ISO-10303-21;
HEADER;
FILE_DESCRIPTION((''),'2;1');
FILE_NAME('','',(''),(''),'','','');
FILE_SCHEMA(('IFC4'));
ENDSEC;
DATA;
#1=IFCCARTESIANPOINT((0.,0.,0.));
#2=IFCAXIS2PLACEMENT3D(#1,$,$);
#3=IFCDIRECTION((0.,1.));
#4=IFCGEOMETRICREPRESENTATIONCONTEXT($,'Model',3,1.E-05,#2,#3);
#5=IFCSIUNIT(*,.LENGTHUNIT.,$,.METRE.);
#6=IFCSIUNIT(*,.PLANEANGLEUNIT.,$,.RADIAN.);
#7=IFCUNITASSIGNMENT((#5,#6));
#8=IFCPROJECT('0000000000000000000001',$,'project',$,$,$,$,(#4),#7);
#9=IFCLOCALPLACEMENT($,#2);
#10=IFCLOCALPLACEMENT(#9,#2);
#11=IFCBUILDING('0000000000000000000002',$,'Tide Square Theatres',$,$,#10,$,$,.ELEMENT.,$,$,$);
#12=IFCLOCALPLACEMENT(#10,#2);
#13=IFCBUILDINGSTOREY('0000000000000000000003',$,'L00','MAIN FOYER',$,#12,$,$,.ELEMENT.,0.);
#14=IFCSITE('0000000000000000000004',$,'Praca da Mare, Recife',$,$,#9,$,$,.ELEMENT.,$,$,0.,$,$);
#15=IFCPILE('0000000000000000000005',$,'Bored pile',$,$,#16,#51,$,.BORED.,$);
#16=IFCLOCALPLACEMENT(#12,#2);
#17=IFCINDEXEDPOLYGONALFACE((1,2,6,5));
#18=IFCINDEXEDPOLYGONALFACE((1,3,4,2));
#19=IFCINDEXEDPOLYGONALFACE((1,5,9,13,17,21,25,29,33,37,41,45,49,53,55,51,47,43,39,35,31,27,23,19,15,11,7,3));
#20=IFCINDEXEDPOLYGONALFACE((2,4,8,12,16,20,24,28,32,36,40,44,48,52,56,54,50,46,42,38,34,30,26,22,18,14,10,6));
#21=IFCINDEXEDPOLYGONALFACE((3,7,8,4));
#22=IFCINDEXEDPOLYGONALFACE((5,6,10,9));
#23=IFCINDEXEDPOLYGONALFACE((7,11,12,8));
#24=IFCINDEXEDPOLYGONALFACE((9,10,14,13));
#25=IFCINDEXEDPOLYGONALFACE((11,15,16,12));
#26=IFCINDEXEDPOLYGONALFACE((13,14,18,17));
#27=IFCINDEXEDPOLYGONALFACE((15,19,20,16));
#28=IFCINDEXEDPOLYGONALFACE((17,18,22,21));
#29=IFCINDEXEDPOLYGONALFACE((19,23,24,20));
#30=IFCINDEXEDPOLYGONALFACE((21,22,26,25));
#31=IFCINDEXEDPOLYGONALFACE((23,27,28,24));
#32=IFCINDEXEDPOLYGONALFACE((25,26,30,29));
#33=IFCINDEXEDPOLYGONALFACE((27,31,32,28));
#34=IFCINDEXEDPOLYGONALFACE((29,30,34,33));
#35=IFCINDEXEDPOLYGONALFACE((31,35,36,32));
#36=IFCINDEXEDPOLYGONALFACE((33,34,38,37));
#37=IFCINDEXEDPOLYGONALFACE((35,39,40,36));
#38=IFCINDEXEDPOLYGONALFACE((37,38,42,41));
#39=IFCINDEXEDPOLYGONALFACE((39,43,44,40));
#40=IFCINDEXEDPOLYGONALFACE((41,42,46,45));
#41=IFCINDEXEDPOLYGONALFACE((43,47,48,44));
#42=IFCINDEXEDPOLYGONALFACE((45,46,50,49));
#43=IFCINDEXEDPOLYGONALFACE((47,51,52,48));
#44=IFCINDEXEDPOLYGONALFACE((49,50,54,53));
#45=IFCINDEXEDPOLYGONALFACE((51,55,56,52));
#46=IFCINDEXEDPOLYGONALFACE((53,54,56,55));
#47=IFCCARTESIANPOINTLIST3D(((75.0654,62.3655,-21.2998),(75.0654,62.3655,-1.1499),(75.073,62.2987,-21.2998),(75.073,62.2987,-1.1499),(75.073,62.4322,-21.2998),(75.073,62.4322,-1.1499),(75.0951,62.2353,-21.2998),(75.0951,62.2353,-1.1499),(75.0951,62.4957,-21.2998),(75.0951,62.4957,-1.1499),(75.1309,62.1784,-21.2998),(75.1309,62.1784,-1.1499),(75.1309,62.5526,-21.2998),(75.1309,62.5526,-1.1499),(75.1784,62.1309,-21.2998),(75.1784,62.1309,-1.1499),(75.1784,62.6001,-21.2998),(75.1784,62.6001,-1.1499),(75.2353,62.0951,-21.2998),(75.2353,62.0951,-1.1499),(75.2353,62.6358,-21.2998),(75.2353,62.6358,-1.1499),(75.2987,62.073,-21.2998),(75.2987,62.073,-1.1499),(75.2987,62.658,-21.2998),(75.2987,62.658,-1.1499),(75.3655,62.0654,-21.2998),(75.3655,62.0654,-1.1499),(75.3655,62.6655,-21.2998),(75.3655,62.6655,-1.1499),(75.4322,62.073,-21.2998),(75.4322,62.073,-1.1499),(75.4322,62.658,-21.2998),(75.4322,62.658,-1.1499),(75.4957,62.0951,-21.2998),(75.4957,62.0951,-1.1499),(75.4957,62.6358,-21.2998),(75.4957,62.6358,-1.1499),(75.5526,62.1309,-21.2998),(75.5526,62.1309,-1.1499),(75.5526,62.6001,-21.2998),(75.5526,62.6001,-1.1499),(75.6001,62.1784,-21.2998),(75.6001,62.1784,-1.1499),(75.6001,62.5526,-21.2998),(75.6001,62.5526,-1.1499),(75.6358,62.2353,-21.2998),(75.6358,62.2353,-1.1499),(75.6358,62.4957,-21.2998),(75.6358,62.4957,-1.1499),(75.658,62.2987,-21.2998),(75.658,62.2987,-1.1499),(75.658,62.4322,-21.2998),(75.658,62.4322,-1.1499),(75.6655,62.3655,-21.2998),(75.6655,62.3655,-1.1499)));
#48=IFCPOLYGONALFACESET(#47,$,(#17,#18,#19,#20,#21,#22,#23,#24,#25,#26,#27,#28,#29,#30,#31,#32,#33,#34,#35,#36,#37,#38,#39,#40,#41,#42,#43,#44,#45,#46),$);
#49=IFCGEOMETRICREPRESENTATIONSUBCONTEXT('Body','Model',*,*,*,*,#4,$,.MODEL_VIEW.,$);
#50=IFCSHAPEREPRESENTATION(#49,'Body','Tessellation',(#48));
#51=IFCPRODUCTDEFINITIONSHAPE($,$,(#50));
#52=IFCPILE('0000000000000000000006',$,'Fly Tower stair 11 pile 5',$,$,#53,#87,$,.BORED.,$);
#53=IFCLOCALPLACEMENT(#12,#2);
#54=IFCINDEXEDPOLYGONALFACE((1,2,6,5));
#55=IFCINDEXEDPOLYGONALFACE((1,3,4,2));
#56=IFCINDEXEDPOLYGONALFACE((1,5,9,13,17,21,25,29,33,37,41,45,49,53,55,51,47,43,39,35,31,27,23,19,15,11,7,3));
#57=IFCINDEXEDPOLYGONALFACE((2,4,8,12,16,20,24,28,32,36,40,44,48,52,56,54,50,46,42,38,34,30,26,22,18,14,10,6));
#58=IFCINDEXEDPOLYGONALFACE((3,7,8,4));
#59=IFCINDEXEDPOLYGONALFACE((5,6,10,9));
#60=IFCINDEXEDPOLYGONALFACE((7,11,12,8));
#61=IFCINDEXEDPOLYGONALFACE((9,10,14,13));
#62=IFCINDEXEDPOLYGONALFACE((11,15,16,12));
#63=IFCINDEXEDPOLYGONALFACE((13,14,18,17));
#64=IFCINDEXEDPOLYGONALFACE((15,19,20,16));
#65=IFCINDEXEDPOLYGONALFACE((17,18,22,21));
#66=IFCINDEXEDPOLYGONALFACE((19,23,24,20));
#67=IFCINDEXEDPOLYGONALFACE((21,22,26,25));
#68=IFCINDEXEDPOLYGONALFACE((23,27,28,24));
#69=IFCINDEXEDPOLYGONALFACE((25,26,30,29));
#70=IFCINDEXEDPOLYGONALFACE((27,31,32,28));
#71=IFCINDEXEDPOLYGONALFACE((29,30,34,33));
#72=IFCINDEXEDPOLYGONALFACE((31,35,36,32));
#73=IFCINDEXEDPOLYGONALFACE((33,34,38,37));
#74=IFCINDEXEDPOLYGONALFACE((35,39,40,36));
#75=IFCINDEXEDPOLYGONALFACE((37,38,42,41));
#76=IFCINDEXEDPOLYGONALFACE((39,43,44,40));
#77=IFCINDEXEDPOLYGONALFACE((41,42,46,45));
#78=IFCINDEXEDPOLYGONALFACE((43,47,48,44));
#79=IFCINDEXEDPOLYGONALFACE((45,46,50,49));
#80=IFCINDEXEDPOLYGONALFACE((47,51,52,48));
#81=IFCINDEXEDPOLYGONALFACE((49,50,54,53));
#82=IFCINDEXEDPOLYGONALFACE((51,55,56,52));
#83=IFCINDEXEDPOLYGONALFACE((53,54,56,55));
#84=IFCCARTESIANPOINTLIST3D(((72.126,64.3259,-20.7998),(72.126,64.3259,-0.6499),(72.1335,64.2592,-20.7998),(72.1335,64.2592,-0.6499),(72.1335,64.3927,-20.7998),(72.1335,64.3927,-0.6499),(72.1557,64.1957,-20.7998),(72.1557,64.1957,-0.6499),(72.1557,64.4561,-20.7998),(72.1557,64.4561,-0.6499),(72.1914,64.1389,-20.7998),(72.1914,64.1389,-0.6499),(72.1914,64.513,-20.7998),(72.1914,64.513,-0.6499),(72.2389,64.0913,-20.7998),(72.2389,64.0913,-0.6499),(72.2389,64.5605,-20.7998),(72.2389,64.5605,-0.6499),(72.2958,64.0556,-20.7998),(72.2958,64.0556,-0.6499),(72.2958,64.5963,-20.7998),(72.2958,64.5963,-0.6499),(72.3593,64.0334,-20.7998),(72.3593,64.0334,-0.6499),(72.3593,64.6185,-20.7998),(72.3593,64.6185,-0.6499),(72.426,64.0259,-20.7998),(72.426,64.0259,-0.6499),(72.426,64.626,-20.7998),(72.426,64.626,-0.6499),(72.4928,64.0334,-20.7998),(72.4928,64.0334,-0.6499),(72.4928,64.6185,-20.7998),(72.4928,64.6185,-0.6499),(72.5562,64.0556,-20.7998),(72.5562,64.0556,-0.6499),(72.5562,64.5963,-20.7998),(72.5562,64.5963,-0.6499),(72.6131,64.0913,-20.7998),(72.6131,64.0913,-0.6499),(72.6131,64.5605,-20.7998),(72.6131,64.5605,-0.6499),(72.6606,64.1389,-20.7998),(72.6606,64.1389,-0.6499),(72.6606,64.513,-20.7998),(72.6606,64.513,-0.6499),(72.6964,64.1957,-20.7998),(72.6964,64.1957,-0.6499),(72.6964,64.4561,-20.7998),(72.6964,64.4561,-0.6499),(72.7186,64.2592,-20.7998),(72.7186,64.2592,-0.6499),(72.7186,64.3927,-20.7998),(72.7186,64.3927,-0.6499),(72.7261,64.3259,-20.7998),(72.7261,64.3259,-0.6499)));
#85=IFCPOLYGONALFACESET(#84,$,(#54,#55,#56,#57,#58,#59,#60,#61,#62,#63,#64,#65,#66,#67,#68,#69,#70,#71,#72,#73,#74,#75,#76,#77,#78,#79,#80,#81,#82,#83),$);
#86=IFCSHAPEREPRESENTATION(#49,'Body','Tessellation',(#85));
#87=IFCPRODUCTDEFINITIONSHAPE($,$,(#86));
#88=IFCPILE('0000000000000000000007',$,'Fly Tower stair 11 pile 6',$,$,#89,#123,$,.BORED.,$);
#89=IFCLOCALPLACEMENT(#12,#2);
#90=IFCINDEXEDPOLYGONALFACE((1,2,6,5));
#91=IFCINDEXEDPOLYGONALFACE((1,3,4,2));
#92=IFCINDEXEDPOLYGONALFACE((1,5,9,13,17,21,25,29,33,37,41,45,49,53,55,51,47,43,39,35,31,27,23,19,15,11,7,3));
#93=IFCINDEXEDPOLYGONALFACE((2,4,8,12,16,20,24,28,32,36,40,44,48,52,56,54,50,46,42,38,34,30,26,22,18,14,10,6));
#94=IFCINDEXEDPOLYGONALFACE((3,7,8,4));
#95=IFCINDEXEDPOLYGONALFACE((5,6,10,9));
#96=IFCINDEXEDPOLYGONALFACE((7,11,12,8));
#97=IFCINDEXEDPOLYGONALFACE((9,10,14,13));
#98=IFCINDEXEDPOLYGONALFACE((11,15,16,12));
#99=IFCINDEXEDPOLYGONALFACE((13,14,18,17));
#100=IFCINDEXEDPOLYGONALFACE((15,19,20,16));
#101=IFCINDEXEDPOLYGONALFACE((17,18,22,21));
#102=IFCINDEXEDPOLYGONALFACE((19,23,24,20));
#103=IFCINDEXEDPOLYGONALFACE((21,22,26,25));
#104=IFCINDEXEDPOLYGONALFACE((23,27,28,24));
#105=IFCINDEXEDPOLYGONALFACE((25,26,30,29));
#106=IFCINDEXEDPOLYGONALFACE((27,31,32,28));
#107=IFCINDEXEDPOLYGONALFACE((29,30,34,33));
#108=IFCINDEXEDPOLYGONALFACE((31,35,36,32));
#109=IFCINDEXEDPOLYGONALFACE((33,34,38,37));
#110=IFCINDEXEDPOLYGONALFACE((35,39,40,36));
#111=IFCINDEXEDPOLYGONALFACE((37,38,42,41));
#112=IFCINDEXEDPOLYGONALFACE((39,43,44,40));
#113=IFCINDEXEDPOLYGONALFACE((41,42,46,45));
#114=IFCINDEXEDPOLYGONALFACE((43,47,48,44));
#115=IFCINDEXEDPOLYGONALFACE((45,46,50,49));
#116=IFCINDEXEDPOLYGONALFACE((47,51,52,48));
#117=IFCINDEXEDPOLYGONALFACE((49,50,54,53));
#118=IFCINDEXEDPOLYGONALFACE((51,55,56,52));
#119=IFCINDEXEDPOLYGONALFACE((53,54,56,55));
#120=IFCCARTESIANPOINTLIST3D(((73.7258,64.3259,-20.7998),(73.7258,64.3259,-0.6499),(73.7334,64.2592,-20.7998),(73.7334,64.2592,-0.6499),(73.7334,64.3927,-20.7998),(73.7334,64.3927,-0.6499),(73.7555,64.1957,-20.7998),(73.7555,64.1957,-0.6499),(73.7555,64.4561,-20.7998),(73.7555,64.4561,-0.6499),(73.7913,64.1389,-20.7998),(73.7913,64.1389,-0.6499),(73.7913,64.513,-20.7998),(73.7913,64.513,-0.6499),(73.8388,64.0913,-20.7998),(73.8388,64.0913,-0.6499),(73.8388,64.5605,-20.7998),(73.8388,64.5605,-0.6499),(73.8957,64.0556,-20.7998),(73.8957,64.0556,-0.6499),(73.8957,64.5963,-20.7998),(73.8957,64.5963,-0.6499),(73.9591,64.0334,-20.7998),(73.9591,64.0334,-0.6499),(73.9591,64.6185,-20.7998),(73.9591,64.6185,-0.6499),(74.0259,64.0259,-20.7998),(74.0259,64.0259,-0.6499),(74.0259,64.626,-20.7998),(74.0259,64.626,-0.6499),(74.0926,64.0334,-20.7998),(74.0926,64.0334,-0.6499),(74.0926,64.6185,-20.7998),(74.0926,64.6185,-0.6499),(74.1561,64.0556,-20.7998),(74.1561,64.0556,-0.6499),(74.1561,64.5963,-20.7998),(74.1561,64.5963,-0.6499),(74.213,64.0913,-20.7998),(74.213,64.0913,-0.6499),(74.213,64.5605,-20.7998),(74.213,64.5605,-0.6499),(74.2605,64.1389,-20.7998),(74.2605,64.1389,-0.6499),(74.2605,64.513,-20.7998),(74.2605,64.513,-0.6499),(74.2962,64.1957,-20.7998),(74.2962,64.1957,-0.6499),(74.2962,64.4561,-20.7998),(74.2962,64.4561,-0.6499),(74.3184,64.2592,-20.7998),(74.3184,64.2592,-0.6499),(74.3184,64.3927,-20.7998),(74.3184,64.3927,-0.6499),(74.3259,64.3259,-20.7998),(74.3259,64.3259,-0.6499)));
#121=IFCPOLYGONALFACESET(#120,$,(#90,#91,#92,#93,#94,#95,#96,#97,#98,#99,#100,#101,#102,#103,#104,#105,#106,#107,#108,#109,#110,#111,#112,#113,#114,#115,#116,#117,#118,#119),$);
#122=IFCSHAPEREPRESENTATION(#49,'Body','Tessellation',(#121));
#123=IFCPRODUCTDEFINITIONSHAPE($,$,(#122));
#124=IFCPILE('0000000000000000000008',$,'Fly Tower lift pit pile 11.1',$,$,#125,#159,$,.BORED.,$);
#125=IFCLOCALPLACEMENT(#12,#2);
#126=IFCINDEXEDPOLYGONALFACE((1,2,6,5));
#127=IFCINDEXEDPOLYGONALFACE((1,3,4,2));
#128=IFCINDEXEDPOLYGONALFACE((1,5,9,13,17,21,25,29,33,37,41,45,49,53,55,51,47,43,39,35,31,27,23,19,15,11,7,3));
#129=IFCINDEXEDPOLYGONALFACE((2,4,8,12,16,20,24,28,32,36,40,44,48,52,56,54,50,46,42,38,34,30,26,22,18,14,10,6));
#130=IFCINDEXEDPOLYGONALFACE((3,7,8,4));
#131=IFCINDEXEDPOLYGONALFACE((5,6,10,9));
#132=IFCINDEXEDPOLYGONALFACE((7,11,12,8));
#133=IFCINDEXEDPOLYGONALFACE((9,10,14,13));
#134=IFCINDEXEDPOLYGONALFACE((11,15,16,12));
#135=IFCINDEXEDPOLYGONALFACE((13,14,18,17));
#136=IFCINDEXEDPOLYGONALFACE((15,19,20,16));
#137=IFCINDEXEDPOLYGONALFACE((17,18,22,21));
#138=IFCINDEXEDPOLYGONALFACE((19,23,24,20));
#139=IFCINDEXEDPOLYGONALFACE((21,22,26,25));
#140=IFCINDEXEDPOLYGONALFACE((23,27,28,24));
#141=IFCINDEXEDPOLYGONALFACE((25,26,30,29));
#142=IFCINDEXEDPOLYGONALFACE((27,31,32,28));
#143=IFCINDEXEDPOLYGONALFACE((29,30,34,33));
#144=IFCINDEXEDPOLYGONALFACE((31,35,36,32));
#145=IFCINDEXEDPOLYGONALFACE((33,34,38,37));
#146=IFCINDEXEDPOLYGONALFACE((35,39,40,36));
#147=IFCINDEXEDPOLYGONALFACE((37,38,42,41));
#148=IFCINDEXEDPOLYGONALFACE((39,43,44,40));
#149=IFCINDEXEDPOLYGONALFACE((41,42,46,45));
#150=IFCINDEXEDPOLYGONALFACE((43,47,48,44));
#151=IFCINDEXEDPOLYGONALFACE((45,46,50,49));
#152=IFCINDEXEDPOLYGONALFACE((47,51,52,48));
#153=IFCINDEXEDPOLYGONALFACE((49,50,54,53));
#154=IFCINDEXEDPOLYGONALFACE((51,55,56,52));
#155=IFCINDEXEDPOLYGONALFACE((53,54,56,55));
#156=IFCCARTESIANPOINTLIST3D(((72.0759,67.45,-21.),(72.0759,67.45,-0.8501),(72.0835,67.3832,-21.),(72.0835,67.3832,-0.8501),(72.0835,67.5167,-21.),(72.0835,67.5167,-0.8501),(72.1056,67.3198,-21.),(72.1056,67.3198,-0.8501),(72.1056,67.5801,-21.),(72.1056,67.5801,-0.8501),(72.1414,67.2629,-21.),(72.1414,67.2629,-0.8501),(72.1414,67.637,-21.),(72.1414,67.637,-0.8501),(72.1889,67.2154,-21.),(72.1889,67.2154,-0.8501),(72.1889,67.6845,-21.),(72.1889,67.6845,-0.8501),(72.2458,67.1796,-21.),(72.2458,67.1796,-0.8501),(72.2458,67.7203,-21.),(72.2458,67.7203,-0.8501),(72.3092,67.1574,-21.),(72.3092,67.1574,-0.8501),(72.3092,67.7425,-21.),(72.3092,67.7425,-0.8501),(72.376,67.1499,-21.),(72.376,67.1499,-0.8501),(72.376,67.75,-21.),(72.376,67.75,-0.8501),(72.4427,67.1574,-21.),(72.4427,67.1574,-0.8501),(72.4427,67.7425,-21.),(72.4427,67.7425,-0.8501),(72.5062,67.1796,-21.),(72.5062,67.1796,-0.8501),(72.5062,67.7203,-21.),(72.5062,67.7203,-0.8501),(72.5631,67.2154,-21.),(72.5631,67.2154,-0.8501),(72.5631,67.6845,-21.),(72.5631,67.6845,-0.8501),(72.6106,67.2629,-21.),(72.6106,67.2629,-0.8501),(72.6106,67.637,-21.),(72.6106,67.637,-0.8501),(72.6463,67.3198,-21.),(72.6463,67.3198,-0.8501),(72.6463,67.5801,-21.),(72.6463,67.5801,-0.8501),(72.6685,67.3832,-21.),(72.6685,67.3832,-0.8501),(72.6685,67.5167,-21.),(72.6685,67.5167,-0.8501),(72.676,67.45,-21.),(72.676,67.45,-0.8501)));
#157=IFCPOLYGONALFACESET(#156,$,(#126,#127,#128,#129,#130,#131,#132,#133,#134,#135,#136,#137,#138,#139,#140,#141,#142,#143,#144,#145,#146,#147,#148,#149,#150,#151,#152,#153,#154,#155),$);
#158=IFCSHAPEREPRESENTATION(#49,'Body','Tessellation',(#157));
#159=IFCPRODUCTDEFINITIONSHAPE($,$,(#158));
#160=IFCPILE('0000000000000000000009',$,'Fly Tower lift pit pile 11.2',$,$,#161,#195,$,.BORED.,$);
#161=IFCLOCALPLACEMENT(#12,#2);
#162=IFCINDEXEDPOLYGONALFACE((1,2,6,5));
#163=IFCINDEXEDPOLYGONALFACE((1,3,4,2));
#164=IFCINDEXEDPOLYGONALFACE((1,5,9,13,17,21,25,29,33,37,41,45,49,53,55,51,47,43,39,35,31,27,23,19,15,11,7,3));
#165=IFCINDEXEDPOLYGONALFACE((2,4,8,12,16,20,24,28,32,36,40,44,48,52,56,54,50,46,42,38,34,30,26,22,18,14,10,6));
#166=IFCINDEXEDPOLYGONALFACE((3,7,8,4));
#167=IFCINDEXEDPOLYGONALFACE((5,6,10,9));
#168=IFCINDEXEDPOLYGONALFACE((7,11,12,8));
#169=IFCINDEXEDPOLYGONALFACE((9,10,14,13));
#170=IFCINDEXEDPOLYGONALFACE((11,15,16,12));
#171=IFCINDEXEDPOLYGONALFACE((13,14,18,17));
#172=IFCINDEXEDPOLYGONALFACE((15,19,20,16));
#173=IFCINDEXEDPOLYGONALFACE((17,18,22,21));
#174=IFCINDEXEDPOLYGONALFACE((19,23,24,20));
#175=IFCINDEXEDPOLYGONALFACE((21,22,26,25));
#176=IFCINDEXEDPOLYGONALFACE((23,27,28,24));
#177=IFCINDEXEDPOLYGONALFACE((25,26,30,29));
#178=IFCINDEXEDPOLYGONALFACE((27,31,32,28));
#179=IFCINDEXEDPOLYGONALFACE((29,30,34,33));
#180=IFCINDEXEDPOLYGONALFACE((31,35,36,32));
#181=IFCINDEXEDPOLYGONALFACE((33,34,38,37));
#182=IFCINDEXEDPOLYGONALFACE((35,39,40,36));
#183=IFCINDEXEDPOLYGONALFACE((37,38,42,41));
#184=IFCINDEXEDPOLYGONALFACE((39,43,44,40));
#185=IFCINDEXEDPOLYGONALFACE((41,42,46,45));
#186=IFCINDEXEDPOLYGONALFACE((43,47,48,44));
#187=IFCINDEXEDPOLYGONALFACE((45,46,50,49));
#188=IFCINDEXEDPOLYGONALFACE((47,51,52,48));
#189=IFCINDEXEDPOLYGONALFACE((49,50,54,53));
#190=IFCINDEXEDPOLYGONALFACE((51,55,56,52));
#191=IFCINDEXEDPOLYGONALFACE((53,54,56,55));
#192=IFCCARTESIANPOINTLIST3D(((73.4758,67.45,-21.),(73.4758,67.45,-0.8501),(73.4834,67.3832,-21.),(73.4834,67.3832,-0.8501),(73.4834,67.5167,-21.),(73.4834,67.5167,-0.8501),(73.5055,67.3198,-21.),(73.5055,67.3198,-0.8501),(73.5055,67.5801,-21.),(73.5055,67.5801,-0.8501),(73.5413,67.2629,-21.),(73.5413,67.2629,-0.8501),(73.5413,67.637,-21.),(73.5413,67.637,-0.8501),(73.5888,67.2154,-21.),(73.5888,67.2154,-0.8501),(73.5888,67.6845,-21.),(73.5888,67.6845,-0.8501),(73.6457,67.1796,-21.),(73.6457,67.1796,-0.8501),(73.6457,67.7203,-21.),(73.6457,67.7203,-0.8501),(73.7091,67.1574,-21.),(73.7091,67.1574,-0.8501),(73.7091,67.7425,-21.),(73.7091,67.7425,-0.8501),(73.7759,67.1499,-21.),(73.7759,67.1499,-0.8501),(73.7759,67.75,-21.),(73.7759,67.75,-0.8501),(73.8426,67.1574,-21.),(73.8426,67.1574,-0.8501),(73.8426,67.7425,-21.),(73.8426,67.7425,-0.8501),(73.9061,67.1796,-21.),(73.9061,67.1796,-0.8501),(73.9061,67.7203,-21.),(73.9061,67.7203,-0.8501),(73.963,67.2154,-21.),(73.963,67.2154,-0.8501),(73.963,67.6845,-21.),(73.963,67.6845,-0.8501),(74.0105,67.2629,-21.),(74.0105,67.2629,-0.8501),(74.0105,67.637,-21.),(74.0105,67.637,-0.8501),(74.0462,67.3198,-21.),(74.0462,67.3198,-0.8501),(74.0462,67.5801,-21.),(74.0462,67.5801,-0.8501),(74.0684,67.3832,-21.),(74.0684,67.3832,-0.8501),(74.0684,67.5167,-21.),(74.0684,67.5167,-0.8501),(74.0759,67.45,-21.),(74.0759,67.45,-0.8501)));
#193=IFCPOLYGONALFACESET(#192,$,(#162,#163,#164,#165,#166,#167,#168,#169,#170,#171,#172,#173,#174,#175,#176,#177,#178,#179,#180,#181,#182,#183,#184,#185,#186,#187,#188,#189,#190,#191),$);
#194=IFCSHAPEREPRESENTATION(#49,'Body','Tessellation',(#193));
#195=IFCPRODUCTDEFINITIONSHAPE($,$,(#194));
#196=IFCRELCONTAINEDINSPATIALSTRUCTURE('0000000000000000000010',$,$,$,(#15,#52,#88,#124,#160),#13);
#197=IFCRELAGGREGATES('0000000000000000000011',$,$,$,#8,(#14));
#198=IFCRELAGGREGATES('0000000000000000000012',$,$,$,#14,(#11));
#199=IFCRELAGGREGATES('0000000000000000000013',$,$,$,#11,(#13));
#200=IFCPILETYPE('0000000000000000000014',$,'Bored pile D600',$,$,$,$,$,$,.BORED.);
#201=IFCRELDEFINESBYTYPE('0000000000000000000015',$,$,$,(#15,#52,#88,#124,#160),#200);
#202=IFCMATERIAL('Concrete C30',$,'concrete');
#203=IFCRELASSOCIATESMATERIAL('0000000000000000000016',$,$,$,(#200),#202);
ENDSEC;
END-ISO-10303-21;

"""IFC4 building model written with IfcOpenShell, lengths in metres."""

from ifc_helpers import new_model, si_unit, direction, frame, origin, origin_2d, place, context, subcontext, project, spatial, circle, extrude, material, material_profile, profile_set, type_object, element, save


model = new_model("IFC4")

# Units and contexts
model_context = context("Model", 3, precision=1e-05, world=origin(), true_north=direction((0.0, 1.0)))
body_context = subcontext(model_context, "Body", "Model", "MODEL_VIEW")
ifc_project = project(units=[si_unit("LENGTHUNIT", "METRE"), si_unit("PLANEANGLEUNIT", "RADIAN")], contexts=[model_context])

# Site, building, storey
site_placement = place(None, origin())
site = spatial("IfcSite", under=ifc_project, at=site_placement, Name="Praca da Mare, Recife", CompositionType="ELEMENT", RefElevation=0.0)
building_placement = place(site_placement, origin())
building = spatial("IfcBuilding", under=site, at=building_placement, Name="Tide Square Theatres", CompositionType="ELEMENT")
storey_placement = place(building_placement, origin())
storey = spatial("IfcBuildingStorey", under=building, at=storey_placement, Name="L00", Description="MAIN FOYER", CompositionType="ELEMENT", Elevation=0.0)

# Piles
ifc_material_1 = material(Name="Concrete C30", Category="concrete")
ifc_material_profile_1 = material_profile(ifc_material_1, circle(Radius=0.3, at=origin_2d()))
ifc_profile_set_1 = profile_set([ifc_material_profile_1], Name="Concrete C30")
pile_type_1 = type_object("IfcPileType", Name="Bored pile D600", PredefinedType="BORED", material=ifc_profile_set_1)
for number, where, z_axis, x_axis, name in (
    (1, (75.3655, 62.3655, -1.1499), (0.0, 0.0, -1.0), (1.0, 0.0, 0.0), "Bored pile"),
    (2, (72.426, 64.3259, -0.6499), (0.0, 0.0, -1.0), (1.0, 0.0, 0.0), "Fly Tower stair 11 pile 5"),
    (3, (74.0259, 64.3259, -0.6499), (0.0, 0.0, -1.0), (1.0, 0.0, 0.0), "Fly Tower stair 11 pile 6"),
    (4, (72.376, 67.45, -0.8501), (0.0, 0.0, -1.0), (1.0, 0.0, 0.0), "Fly Tower lift pit pile 11.1"),
    (5, (73.7759, 67.45, -0.8501), (0.0, 0.0, -1.0), (1.0, 0.0, 0.0), "Fly Tower lift pit pile 11.2"),
):
    element("IfcPile", number, at=place(storey_placement, frame(where, z_axis=z_axis, x_axis=x_axis)), inside=storey, type_object=pile_type_1, Name=name, PredefinedType="BORED", context=body_context, shape_type="SweptSolid", body=[
        extrude(circle(Radius=0.3, at=origin_2d()), origin(), (0.0, 0.0, 1.0), 20.1499),
    ])

save(model, "model.ifc")
